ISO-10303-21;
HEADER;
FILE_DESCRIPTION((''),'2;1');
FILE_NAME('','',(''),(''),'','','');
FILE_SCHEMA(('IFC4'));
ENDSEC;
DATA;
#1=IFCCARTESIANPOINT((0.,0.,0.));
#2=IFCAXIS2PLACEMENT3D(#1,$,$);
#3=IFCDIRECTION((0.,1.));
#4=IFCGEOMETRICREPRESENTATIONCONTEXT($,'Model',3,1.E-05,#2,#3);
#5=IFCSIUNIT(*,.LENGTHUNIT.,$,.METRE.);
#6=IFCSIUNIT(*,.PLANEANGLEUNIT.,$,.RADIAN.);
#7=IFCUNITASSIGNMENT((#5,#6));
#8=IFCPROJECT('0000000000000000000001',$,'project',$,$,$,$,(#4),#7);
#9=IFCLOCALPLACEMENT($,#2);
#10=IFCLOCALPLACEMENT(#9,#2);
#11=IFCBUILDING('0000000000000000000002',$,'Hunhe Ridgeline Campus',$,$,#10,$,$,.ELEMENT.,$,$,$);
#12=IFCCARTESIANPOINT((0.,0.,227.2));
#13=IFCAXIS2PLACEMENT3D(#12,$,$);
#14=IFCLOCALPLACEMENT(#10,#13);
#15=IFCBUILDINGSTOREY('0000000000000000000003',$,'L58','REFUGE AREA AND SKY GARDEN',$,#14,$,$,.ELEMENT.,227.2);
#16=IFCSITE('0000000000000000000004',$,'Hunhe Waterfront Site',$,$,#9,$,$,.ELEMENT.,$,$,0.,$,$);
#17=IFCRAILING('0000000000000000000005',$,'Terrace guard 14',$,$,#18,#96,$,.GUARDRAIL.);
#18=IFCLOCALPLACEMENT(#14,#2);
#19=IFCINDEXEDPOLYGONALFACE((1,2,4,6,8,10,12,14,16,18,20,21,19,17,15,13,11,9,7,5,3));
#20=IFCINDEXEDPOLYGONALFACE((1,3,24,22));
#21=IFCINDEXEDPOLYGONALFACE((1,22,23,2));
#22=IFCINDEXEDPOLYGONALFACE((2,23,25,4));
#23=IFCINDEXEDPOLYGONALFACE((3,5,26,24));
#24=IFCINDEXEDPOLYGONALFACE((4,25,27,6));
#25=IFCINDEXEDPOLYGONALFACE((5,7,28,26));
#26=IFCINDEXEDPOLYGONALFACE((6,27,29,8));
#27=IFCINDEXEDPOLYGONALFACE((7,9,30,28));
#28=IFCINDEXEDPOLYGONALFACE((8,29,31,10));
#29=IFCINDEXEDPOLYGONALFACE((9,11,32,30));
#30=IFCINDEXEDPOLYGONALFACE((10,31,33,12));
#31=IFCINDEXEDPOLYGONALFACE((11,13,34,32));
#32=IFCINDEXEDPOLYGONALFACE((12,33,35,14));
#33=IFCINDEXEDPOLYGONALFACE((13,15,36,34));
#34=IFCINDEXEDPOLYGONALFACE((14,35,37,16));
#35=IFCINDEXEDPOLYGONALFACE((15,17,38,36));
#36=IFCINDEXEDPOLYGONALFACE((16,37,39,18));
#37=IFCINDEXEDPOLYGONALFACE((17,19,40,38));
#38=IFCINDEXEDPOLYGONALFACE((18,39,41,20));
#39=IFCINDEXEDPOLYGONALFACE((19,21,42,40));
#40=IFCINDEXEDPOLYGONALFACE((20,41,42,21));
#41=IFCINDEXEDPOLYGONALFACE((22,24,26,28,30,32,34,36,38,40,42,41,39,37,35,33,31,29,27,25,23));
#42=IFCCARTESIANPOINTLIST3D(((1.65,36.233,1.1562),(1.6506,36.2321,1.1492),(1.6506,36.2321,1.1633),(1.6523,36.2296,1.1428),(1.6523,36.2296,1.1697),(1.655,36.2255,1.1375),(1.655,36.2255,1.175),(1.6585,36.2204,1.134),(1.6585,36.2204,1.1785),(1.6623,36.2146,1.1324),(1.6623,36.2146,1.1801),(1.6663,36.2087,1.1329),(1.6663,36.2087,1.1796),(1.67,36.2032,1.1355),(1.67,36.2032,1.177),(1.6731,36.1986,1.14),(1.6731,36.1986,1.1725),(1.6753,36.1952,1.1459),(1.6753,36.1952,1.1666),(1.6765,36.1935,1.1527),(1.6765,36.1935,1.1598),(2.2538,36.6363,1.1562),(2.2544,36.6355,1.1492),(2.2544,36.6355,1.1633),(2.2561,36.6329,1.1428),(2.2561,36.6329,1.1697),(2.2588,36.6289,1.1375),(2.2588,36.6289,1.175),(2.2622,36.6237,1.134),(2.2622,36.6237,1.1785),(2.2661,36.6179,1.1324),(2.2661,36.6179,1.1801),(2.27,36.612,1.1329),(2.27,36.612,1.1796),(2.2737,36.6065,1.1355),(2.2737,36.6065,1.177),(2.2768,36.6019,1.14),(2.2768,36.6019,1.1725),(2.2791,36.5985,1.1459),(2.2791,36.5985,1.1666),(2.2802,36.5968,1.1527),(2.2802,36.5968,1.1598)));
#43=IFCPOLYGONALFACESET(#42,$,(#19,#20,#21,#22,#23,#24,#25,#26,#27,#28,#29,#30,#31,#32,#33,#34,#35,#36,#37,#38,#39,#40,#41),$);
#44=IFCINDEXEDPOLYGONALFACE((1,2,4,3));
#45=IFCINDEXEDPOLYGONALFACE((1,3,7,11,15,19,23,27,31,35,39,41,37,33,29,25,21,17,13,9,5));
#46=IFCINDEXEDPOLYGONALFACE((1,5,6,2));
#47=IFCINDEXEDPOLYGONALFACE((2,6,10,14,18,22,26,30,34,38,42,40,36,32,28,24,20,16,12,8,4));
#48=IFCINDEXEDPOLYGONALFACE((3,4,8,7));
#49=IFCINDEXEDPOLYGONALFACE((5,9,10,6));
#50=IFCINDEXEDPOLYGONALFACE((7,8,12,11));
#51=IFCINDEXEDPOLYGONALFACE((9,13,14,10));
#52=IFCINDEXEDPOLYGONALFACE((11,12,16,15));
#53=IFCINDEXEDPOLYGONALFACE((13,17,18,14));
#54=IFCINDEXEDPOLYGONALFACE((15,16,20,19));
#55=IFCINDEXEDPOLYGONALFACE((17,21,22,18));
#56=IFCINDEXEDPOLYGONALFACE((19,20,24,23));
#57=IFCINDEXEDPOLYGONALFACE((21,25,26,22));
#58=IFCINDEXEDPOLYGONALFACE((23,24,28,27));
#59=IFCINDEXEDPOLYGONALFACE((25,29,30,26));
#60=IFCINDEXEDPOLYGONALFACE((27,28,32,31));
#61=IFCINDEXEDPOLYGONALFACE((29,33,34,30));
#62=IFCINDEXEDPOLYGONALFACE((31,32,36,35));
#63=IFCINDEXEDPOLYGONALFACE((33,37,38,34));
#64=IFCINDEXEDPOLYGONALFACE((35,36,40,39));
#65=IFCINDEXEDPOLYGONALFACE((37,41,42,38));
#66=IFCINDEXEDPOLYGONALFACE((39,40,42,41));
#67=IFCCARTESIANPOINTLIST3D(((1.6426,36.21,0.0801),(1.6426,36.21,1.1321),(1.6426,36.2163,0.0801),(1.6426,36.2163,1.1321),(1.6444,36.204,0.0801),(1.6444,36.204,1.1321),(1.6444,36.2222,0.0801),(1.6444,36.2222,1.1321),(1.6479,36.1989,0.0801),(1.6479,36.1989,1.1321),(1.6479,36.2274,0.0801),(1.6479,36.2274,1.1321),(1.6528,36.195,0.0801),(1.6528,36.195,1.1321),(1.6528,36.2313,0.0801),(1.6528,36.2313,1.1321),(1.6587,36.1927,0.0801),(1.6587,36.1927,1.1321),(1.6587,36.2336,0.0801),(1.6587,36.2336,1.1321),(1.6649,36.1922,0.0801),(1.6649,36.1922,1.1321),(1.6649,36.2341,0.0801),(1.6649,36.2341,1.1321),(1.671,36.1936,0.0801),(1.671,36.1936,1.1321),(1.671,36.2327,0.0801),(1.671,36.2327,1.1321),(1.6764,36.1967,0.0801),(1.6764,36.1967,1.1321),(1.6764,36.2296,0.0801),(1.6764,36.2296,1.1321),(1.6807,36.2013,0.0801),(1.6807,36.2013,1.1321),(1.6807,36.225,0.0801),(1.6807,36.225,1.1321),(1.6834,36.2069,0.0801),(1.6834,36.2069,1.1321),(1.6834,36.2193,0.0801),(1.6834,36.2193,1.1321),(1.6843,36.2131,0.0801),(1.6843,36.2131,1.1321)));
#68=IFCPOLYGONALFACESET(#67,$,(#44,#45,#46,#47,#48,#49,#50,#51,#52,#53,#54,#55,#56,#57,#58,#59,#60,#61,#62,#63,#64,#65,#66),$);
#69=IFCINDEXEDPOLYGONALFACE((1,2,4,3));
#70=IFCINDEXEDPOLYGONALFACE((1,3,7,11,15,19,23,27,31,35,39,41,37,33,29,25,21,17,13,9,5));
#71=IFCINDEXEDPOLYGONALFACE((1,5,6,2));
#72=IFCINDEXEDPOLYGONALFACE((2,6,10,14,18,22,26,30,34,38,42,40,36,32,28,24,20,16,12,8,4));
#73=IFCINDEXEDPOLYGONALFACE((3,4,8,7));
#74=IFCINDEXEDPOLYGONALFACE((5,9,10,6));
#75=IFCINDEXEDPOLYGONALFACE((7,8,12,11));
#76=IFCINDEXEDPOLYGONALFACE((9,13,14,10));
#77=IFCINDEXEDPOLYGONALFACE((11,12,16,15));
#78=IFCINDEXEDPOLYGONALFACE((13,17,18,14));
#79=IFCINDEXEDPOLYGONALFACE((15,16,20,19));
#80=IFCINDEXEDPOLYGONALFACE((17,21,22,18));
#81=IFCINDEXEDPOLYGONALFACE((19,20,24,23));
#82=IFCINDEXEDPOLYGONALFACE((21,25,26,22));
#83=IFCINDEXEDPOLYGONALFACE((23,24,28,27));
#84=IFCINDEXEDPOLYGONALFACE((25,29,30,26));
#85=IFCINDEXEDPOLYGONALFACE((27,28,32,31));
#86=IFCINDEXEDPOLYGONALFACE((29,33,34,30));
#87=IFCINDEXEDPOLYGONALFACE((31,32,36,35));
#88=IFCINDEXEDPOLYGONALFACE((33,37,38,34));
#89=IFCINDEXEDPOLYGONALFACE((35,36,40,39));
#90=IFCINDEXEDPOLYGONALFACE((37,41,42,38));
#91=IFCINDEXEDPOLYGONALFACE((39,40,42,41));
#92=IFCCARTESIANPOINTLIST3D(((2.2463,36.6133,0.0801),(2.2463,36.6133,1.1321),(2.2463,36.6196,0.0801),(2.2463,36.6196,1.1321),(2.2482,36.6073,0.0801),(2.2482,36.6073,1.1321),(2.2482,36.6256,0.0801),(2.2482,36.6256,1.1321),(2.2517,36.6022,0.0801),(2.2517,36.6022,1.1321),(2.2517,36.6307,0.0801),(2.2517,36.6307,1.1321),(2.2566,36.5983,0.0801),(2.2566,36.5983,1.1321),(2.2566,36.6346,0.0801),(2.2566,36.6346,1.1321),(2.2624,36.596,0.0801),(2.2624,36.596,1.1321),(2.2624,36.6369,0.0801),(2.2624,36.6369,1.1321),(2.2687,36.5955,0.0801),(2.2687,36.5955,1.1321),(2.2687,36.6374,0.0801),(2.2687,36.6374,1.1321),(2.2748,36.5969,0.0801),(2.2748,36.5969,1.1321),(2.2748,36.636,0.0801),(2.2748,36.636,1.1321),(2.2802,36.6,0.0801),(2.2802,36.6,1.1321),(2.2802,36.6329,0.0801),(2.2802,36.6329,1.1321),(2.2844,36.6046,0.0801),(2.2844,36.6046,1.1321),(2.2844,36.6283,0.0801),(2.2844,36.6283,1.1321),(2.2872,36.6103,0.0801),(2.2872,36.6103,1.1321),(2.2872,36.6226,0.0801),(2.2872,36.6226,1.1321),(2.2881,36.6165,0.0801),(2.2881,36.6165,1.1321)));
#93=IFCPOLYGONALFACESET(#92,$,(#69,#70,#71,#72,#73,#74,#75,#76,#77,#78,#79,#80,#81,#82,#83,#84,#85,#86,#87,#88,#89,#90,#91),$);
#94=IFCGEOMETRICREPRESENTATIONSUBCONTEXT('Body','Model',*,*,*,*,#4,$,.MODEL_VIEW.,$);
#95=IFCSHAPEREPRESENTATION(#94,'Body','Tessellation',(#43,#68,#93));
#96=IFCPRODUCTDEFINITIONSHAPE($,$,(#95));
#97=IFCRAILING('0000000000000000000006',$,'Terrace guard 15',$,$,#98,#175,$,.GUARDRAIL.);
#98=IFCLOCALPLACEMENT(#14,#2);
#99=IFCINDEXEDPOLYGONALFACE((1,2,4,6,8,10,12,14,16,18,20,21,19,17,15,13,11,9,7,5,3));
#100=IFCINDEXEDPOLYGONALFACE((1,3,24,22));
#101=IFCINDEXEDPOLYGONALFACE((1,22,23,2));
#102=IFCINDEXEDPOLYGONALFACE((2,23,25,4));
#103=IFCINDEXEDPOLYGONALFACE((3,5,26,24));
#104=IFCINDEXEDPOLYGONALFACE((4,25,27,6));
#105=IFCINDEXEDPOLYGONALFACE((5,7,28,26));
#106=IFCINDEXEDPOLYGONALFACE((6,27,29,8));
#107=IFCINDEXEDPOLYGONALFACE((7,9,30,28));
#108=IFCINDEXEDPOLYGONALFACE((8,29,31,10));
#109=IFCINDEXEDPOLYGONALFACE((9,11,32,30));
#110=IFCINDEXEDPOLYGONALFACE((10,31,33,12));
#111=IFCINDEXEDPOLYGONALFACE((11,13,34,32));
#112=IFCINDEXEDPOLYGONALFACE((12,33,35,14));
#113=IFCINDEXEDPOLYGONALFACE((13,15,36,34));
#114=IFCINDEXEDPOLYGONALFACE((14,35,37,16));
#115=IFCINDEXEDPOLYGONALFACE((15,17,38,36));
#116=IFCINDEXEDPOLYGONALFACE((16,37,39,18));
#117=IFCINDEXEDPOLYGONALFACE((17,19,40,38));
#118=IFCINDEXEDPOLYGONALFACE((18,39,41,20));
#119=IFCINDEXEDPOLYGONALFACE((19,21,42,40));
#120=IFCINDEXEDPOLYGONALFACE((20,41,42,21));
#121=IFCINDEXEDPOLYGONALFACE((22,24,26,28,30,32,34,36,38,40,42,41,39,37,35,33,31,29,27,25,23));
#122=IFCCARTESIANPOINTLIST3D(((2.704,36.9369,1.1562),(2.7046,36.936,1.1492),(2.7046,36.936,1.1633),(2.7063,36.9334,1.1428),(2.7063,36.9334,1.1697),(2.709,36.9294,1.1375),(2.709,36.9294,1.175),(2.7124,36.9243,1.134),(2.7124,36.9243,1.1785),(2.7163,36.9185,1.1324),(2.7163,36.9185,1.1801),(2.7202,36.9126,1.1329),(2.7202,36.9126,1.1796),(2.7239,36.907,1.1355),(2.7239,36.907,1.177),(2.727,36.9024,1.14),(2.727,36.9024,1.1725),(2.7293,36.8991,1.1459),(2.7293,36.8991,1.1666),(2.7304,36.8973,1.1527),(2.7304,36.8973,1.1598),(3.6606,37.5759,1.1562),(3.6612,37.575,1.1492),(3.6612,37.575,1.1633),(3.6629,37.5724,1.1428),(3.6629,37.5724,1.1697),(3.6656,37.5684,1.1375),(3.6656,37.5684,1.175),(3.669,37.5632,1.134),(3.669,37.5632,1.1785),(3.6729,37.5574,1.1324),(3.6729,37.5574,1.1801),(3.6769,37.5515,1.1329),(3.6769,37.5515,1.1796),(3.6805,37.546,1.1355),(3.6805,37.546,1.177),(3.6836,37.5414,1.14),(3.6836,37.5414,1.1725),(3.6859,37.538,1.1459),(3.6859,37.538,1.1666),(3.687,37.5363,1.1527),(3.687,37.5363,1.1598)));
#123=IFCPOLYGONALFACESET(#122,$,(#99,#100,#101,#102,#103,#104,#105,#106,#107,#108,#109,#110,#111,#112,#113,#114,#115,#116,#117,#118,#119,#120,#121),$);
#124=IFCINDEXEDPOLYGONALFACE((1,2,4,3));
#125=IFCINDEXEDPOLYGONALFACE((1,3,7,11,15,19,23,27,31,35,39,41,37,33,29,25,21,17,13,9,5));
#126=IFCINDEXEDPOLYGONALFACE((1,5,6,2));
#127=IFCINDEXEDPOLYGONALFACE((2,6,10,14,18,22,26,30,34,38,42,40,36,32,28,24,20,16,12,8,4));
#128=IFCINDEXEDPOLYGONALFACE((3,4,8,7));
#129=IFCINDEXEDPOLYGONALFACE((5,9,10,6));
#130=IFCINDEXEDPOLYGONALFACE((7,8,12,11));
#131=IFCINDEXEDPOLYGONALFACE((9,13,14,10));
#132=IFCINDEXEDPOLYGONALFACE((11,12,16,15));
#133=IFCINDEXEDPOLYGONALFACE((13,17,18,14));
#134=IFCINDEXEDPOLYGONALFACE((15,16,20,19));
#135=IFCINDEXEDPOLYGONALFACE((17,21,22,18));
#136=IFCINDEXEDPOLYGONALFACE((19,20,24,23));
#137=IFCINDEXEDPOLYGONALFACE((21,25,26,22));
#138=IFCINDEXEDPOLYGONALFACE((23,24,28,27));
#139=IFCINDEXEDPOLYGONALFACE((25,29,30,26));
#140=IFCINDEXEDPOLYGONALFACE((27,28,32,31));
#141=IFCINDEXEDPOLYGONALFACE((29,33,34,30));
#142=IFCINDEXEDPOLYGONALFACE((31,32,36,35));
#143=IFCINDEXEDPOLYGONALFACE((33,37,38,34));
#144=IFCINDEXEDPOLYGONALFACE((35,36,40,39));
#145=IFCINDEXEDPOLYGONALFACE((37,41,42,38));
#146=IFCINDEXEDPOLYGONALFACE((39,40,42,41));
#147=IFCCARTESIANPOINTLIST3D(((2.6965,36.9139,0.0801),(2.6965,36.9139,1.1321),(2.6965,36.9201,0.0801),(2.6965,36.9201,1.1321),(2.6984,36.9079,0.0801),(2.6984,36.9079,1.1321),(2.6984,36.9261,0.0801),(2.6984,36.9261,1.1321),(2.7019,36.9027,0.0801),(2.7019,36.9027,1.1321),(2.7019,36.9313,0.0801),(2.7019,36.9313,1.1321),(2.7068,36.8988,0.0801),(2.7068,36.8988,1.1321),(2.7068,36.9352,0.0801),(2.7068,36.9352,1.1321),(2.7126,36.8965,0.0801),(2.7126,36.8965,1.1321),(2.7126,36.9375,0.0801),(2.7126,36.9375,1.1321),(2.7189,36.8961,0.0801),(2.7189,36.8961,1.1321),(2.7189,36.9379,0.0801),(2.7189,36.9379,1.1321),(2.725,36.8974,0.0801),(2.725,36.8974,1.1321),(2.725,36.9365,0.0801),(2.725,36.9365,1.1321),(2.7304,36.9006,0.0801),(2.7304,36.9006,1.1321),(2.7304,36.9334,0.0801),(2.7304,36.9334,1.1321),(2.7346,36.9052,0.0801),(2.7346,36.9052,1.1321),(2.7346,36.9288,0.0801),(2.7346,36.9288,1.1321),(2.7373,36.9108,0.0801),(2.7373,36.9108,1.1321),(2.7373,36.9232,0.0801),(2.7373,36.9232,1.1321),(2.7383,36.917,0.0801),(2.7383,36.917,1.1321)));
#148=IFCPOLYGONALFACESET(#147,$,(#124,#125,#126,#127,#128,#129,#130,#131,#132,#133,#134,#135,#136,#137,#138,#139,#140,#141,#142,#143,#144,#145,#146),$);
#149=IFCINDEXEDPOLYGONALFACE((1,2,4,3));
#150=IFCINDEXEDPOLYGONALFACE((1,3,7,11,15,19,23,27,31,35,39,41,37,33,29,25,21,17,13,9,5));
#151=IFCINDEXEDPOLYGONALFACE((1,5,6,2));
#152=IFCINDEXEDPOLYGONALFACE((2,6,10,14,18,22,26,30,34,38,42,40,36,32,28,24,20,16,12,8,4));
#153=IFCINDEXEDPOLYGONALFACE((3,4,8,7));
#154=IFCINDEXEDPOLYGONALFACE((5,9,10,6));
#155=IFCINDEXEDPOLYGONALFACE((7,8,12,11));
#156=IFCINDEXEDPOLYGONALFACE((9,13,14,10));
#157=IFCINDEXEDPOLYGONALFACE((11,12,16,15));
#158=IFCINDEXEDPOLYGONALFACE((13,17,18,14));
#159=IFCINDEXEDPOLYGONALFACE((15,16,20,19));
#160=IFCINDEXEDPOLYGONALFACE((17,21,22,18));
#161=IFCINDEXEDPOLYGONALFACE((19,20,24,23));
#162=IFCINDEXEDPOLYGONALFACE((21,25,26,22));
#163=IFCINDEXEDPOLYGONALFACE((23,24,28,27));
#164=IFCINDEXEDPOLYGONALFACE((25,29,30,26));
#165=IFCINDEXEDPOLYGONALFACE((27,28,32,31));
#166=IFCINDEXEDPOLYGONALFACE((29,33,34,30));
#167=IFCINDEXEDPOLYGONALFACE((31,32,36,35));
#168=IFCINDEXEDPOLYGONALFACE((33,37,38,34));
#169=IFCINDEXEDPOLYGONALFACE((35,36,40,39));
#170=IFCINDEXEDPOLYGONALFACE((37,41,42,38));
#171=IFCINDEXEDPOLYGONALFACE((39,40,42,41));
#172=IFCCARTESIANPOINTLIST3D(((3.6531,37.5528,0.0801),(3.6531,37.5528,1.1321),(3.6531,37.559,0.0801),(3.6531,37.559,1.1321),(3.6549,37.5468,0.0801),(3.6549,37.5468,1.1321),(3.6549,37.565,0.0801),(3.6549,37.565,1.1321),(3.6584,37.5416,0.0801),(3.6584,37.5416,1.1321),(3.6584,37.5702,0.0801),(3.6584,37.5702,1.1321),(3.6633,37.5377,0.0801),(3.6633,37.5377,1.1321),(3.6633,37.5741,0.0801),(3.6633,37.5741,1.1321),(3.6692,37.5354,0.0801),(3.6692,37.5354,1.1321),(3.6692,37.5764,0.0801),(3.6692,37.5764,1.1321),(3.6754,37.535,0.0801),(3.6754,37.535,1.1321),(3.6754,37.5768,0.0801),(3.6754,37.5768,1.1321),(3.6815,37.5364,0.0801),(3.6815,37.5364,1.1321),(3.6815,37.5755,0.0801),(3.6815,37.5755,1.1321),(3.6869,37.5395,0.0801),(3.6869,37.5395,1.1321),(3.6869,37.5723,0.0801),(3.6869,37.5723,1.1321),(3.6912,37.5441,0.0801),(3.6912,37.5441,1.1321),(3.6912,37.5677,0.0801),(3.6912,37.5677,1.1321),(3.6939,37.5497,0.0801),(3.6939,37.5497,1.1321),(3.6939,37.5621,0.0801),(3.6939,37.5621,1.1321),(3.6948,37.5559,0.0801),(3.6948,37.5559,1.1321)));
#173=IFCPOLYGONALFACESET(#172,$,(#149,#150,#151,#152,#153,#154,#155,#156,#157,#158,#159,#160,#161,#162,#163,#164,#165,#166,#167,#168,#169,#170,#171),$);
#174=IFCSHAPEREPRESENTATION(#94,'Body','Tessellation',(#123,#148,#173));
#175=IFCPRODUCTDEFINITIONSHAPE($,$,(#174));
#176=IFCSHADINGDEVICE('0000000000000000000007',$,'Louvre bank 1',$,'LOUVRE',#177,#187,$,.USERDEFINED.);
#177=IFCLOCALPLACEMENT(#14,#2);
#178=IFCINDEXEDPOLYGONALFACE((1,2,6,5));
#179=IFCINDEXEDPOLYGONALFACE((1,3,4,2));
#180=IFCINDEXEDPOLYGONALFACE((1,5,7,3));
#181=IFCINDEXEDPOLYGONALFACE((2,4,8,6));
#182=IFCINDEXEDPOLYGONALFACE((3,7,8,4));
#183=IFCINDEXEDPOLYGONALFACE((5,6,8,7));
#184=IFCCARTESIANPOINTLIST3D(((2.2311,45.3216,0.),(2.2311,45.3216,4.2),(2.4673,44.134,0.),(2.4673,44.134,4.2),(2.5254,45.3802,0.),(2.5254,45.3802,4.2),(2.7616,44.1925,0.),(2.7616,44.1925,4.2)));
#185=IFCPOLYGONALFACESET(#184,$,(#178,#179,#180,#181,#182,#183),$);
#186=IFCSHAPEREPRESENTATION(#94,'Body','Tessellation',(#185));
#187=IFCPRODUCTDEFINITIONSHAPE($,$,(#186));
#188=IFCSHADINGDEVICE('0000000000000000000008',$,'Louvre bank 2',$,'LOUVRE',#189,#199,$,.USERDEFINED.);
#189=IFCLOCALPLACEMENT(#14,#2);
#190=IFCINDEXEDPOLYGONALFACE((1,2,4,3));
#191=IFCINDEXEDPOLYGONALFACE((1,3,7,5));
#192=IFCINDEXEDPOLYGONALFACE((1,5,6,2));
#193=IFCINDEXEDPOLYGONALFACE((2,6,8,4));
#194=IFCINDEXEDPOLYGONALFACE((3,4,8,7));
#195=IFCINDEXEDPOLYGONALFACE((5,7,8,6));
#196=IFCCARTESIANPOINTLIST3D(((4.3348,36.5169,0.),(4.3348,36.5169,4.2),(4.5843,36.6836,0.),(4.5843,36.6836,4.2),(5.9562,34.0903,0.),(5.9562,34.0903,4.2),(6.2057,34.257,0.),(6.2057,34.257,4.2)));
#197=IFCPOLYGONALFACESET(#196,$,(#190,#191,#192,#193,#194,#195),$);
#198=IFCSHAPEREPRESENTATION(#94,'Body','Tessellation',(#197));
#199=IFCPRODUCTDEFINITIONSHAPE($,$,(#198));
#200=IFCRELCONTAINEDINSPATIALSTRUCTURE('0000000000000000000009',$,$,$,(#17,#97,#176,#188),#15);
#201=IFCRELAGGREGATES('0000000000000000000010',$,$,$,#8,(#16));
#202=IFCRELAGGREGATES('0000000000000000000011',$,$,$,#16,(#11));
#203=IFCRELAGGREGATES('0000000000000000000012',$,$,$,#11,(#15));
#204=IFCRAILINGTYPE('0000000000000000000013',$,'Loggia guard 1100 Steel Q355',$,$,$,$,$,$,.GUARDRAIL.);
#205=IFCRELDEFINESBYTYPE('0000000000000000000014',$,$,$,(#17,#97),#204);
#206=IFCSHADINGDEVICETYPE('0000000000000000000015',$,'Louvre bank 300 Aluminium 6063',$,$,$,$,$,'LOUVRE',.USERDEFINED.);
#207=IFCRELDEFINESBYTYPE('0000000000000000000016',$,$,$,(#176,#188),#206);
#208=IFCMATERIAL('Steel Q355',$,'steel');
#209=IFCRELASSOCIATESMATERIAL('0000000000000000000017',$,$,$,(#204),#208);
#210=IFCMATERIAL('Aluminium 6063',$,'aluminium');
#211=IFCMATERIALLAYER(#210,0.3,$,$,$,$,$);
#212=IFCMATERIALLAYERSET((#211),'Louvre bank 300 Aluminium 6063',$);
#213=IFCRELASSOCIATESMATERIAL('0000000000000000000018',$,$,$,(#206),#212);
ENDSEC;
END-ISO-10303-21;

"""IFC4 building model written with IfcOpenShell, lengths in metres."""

from ifc_helpers import new_model, si_unit, direction, frame, origin, origin_2d, place, context, subcontext, project, spatial, rectangle, circle, extrude, material, layer, layer_set, type_object, element, save


model = new_model("IFC4")

# Units and contexts
model_context = context("Model", 3, precision=1e-05, world=origin(), true_north=direction((0.0, 1.0)))
body_context = subcontext(model_context, "Body", "Model", "MODEL_VIEW")
ifc_project = project(units=[si_unit("LENGTHUNIT", "METRE"), si_unit("PLANEANGLEUNIT", "RADIAN")], contexts=[model_context])

# Site, building, storey
site_placement = place(None, origin())
site = spatial("IfcSite", under=ifc_project, at=site_placement, Name="Hunhe Waterfront Site", CompositionType="ELEMENT", RefElevation=0.0)
building_placement = place(site_placement, origin())
building = spatial("IfcBuilding", under=site, at=building_placement, Name="Hunhe Ridgeline Campus", CompositionType="ELEMENT")
storey_placement = place(building_placement, frame((0.0, 0.0, 227.2)))
storey = spatial("IfcBuildingStorey", under=building, at=storey_placement, Name="L58", Description="REFUGE AREA AND SKY GARDEN", CompositionType="ELEMENT", Elevation=227.2)

# Shared definitions
ifc_material_1 = material(Name="Aluminium 6063", Category="aluminium")

# Railings
ifc_material_2 = material(Name="Steel Q355", Category="steel")
railing_type = type_object("IfcRailingType", Name="Loggia guard 1100 Steel Q355", PredefinedType="GUARDRAIL", material=ifc_material_2)
railing_1_placement = place(storey_placement, frame((1.6633, 36.2131, 0.0801)))
element("IfcRailing", 1, at=railing_1_placement, inside=storey, type_object=railing_type, Name="Terrace guard 14", PredefinedType="GUARDRAIL", context=body_context, shape_type="SweptSolid", body=[
    extrude(circle(Radius=0.0239, at=origin_2d()), frame((0.0, 0.0, 1.0762), z_axis=(0.831533, 0.555476, 0.0), x_axis=(-0.555476, 0.831533, 0.0)), (0.0, 0.0, 1.0), 0.7261),
    extrude(circle(Radius=0.021, at=origin_2d()), origin(), (0.0, 0.0, 1.0), 1.052),
    extrude(circle(Radius=0.021, at=origin_2d()), frame((0.6038, 0.4033, 0.0)), (0.0, 0.0, 1.0), 1.052),
])
railing_2_placement = place(storey_placement, frame((2.7173, 36.917, 0.0801)))
element("IfcRailing", 2, at=railing_2_placement, inside=storey, type_object=railing_type, Name="Terrace guard 15", PredefinedType="GUARDRAIL", context=body_context, shape_type="SweptSolid", body=[
    extrude(circle(Radius=0.0239, at=origin_2d()), frame((0.0, 0.0, 1.0762), z_axis=(0.83156, 0.555435, 0.0), x_axis=(-0.555435, 0.83156, 0.0)), (0.0, 0.0, 1.0), 1.1504),
    extrude(circle(Radius=0.021, at=origin_2d()), origin(), (0.0, 0.0, 1.0), 1.052),
    extrude(circle(Radius=0.021, at=origin_2d()), frame((0.9565, 0.6389, 0.0)), (0.0, 0.0, 1.0), 1.052),
])

# Shading devices
ifc_layer_1 = layer(ifc_material_1, 0.3)
ifc_layer_set_1 = layer_set([ifc_layer_1], Name="Louvre bank 300 Aluminium 6063")
shading_device_type = type_object("IfcShadingDeviceType", Name="Louvre bank 300 Aluminium 6063", ElementType="LOUVRE", PredefinedType="USERDEFINED", material=ifc_layer_set_1)
shading_device_1_placement = place(storey_placement, frame((2.4963, 44.7571, 0.0), z_axis=(0.0, 0.0, 1.0), x_axis=(0.195096, -0.980784, 0.0)))
element("IfcShadingDevice", 3, at=shading_device_1_placement, inside=storey, type_object=shading_device_type, Name="Louvre bank 1", ObjectType="LOUVRE", PredefinedType="USERDEFINED", context=body_context, shape_type="SweptSolid", body=[
    extrude(rectangle(XDim=1.2109, YDim=0.3, at=origin_2d()), origin(), (0.0, 0.0, 1.0), 4.2),
])
shading_device_2_placement = place(storey_placement, frame((5.2703, 35.387, 0.0), z_axis=(0.0, 0.0, 1.0), x_axis=(0.55557, -0.83147, 0.0)))
element("IfcShadingDevice", 4, at=shading_device_2_placement, inside=storey, type_object=shading_device_type, Name="Louvre bank 2", ObjectType="LOUVRE", PredefinedType="USERDEFINED", context=body_context, shape_type="SweptSolid", body=[
    extrude(rectangle(XDim=2.9185, YDim=0.3, at=origin_2d()), origin(), (0.0, 0.0, 1.0), 4.2),
])

save(model, "model.ifc")
